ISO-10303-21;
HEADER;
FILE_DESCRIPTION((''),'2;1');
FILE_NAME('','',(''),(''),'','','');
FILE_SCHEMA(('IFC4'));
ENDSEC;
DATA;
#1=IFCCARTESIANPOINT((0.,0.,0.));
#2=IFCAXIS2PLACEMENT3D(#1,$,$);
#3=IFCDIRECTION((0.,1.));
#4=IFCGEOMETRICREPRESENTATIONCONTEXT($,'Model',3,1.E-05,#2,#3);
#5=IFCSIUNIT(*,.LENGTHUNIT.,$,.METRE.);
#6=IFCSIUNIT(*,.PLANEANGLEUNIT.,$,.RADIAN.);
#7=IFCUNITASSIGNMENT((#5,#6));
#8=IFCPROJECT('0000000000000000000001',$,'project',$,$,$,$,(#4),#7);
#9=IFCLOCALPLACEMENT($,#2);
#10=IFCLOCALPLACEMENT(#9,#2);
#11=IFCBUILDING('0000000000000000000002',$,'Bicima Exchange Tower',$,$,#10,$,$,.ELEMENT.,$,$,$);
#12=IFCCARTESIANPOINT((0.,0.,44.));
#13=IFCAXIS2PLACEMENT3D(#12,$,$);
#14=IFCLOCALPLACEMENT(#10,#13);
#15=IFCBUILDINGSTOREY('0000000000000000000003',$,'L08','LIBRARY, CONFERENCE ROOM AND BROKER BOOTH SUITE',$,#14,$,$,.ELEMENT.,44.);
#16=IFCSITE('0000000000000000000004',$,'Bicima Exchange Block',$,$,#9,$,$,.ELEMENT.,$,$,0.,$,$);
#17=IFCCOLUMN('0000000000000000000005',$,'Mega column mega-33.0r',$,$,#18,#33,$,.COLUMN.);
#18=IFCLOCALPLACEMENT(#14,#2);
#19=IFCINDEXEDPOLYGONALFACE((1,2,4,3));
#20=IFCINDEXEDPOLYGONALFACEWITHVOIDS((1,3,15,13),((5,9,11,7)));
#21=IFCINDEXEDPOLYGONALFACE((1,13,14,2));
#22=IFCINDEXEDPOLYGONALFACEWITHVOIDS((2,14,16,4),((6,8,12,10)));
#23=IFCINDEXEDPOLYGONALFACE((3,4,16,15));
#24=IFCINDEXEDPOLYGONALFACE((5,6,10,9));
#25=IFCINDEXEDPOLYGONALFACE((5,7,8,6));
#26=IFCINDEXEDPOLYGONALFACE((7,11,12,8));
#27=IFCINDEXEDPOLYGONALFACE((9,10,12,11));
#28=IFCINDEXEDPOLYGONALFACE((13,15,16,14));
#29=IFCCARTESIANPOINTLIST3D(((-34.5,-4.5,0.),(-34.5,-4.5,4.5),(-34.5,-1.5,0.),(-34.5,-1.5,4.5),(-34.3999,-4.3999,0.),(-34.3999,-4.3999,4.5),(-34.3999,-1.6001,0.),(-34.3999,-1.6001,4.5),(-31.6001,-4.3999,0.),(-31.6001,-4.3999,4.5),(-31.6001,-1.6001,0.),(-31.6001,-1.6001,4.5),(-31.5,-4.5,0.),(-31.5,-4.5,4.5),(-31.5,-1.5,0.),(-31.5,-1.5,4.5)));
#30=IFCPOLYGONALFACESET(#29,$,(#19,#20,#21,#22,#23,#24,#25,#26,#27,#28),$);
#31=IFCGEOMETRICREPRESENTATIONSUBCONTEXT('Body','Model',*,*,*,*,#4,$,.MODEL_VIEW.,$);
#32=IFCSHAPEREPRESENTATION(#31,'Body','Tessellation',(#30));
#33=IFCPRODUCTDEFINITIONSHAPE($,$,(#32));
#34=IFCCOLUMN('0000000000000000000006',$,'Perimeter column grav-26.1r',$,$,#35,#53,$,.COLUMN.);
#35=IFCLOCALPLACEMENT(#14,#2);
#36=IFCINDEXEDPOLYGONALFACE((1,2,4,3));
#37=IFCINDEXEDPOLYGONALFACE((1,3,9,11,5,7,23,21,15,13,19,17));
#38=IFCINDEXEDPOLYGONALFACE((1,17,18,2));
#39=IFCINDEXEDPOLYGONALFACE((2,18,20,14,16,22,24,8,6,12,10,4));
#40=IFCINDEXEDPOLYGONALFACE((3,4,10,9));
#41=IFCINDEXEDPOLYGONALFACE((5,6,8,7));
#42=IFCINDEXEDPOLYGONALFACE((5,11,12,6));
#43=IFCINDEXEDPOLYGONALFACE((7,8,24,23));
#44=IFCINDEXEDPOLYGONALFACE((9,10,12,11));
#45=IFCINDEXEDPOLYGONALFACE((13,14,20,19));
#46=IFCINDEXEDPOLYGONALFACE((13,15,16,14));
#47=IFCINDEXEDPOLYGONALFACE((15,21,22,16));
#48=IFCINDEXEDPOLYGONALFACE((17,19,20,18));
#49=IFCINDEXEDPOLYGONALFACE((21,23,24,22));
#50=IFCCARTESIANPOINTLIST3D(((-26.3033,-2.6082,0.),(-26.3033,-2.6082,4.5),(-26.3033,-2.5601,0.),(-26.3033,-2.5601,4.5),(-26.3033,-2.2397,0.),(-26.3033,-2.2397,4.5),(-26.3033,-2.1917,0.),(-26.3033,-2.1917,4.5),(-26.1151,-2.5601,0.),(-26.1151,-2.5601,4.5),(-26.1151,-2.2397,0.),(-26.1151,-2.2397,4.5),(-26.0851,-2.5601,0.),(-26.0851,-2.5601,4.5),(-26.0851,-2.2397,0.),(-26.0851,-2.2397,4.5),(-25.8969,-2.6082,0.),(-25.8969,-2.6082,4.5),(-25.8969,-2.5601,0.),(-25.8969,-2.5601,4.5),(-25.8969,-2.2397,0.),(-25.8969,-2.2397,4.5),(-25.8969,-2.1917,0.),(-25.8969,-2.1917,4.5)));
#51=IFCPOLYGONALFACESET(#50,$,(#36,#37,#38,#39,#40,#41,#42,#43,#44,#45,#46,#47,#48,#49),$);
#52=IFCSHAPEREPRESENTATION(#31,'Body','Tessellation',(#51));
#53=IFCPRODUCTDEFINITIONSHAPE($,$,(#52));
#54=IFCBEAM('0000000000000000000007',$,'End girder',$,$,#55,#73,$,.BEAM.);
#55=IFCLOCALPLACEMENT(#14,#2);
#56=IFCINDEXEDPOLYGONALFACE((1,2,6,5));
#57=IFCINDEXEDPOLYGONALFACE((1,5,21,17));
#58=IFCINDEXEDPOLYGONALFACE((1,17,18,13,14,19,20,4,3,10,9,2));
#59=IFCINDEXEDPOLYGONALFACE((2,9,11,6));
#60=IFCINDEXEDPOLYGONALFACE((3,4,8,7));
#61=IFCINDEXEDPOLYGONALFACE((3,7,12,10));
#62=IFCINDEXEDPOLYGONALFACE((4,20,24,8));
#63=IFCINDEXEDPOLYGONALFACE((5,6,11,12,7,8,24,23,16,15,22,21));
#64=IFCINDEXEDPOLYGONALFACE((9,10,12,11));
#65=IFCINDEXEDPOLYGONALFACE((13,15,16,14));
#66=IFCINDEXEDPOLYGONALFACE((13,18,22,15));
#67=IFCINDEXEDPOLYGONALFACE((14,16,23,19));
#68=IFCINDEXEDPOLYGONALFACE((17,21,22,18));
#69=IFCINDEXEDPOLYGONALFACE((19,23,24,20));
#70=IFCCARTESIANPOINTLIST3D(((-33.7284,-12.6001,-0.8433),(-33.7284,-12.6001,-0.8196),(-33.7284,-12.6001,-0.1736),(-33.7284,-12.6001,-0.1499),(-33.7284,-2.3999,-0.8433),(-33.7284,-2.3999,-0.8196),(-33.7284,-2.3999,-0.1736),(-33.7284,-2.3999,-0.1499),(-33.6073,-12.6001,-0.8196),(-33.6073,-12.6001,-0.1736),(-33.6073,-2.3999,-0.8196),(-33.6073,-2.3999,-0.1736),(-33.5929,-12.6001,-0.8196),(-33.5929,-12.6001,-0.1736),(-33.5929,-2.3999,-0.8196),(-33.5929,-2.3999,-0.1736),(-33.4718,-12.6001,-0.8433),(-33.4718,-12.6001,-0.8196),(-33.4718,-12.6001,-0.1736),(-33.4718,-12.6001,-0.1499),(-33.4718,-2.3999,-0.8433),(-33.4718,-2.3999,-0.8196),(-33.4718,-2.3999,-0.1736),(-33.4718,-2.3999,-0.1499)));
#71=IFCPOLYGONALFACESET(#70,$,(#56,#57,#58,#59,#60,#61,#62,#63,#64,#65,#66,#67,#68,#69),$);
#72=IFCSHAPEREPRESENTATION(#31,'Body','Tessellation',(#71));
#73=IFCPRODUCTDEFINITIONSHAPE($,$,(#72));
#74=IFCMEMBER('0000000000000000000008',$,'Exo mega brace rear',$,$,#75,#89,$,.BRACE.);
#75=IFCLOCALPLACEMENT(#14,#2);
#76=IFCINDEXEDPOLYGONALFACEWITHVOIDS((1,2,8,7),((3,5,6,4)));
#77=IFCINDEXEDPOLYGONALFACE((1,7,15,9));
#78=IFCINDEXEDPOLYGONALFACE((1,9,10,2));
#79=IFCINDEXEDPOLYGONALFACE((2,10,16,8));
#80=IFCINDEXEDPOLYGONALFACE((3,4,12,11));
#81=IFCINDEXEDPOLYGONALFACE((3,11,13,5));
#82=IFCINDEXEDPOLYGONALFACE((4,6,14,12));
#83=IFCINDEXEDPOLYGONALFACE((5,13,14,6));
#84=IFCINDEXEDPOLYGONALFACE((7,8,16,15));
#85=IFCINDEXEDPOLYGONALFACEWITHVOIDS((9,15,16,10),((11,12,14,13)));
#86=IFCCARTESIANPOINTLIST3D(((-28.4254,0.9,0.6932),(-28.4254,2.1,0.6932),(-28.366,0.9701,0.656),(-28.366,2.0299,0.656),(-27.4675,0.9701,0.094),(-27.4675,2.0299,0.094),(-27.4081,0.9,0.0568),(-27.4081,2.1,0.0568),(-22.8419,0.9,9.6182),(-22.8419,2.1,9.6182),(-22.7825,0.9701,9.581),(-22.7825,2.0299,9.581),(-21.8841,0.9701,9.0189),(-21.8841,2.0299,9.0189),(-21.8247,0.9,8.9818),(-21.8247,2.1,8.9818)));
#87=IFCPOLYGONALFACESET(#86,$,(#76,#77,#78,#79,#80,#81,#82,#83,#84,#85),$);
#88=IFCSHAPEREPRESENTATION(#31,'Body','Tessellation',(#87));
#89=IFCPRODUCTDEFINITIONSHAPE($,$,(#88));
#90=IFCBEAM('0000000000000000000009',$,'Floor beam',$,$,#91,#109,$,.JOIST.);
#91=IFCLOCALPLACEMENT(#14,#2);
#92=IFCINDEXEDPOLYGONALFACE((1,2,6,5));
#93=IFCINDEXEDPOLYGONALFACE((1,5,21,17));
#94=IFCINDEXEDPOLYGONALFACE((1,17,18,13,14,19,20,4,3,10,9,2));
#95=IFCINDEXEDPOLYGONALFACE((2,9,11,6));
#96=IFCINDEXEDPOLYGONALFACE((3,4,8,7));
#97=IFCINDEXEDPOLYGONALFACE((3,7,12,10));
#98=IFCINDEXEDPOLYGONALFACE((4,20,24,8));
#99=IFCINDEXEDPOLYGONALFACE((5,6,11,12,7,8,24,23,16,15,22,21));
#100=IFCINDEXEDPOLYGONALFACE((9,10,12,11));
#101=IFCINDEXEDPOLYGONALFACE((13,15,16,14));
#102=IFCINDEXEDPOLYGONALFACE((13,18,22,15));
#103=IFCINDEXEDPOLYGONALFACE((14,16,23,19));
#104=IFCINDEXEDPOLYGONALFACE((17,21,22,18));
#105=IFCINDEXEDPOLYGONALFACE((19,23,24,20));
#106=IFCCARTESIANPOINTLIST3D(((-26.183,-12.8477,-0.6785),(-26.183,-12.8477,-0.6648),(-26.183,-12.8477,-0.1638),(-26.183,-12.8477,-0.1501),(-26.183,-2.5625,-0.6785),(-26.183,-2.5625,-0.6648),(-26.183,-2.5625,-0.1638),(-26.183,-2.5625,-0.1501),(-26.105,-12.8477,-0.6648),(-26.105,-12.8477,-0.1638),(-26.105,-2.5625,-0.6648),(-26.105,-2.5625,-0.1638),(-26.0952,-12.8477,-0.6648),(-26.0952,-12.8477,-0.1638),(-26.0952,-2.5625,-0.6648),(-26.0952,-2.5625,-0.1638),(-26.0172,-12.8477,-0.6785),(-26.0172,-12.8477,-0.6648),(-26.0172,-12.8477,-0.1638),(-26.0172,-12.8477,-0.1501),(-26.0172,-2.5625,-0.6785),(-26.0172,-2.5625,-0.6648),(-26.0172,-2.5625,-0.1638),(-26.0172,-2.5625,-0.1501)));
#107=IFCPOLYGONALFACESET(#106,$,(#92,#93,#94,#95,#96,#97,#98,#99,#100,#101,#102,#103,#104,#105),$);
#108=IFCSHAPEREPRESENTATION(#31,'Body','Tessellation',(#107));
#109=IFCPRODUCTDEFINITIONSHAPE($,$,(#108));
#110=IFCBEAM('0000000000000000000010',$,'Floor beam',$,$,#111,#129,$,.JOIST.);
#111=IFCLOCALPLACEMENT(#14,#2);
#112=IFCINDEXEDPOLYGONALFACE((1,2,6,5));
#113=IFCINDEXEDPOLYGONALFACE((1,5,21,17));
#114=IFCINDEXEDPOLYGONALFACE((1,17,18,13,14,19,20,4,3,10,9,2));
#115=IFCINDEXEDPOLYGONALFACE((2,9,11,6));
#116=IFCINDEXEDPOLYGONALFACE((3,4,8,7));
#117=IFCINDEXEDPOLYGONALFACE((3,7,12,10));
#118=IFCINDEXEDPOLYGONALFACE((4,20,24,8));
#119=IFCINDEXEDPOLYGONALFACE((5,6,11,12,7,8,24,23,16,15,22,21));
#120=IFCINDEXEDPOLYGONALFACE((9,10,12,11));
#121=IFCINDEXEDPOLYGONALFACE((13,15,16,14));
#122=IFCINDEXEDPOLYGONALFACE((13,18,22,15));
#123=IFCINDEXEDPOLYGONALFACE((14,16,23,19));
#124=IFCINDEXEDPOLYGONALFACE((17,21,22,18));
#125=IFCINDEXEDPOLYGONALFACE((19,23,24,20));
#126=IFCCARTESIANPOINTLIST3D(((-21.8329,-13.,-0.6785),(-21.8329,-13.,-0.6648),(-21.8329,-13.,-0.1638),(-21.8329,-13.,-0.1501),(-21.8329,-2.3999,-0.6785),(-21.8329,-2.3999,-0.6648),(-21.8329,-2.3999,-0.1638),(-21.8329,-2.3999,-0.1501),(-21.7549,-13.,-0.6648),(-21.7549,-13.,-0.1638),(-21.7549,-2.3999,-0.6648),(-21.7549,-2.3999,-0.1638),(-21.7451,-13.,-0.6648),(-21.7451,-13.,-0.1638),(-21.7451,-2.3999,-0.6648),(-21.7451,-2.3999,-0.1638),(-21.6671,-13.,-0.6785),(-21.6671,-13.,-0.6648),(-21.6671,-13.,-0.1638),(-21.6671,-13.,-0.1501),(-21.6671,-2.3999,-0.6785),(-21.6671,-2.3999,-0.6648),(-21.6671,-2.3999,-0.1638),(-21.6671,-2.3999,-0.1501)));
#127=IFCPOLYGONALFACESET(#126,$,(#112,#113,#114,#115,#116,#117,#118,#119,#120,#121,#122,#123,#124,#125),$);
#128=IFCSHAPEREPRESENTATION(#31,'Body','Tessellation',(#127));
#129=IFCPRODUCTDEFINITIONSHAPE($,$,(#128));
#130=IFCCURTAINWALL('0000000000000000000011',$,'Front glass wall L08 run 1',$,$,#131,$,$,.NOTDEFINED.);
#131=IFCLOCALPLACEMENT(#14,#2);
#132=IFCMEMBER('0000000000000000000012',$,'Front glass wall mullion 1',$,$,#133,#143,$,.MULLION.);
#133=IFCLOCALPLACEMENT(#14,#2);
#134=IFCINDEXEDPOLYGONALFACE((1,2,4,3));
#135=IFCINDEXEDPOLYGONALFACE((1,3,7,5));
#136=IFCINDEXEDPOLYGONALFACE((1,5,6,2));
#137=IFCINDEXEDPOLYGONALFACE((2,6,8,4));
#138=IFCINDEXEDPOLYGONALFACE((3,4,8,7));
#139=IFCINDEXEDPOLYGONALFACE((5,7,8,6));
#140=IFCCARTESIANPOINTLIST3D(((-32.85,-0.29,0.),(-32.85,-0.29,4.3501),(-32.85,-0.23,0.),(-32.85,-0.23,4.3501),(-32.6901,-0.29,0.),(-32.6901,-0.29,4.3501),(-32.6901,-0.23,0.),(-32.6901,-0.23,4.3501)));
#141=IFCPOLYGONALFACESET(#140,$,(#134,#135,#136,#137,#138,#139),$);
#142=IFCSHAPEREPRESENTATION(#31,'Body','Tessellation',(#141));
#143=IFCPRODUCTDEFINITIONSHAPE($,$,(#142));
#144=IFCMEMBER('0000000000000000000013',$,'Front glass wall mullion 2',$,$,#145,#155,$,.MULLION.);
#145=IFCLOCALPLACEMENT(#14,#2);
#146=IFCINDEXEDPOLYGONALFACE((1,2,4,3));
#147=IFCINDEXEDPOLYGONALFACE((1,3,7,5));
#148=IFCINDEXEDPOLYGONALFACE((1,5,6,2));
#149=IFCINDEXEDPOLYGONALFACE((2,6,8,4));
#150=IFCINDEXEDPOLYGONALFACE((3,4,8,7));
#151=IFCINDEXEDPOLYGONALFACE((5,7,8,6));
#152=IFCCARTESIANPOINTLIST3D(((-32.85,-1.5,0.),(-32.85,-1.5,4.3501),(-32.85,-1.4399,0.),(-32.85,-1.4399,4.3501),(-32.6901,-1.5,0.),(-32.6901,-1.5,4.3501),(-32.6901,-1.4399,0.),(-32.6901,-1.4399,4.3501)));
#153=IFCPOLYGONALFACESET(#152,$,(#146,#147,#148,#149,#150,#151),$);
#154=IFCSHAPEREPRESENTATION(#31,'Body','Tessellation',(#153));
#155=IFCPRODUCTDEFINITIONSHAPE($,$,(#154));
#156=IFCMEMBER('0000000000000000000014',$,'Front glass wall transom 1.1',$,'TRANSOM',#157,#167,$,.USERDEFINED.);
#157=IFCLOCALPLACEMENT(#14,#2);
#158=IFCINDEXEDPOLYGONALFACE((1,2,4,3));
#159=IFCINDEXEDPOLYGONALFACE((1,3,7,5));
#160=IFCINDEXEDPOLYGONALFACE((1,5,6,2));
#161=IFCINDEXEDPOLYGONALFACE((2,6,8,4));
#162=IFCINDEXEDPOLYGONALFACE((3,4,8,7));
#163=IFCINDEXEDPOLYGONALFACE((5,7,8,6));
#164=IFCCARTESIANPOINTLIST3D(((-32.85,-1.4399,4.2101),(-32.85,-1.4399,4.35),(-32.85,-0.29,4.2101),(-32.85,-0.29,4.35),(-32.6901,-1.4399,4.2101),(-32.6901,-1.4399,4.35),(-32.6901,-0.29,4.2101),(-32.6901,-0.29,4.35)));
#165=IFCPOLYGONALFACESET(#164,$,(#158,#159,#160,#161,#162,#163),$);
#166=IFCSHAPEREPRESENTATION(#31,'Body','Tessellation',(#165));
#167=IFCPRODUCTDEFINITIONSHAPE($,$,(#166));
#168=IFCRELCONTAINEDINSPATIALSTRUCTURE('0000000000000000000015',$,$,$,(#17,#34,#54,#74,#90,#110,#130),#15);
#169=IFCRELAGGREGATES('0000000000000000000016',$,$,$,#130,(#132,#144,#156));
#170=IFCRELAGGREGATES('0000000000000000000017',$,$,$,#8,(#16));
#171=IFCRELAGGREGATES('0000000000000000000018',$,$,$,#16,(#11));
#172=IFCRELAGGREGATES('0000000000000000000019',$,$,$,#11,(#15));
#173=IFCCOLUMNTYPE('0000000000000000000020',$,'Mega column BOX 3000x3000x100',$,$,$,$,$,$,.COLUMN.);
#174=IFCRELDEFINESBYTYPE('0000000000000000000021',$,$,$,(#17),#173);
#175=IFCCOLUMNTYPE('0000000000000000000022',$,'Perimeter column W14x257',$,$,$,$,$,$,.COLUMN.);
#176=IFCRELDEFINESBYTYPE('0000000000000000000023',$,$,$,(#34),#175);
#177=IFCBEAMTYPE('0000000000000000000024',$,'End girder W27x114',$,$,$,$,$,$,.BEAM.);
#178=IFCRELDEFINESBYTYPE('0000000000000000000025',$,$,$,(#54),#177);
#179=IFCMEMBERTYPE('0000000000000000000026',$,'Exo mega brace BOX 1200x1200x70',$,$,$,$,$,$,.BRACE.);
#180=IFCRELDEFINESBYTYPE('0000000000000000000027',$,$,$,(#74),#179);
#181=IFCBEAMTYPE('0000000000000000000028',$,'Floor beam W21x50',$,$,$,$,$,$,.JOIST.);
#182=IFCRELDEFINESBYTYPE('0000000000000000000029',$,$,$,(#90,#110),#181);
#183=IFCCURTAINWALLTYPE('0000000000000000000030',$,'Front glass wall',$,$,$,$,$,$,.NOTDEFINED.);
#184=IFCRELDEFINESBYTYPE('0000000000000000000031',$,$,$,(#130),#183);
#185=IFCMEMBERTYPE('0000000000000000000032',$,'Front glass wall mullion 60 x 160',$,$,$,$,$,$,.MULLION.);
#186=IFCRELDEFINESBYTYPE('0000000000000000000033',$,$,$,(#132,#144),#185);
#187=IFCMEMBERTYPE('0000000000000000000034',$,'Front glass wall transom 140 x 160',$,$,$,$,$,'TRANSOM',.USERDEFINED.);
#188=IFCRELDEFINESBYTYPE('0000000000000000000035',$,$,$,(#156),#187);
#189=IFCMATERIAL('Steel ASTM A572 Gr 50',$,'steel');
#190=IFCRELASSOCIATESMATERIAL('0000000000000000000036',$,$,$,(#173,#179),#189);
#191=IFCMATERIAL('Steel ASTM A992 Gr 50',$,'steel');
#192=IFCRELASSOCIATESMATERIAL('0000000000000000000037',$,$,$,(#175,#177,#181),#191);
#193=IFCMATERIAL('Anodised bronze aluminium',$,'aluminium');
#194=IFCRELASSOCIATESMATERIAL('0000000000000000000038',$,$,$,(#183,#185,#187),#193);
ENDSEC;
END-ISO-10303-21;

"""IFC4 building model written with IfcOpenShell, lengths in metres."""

from ifc_helpers import new_model, si_unit, direction, frame, origin, origin_2d, place, context, subcontext, project, spatial, rectangle, hollow_rectangle, i_section, extrude, material, material_profile, profile_set, type_object, element, aggregate, save


model = new_model("IFC4")

# Units and contexts
model_context = context("Model", 3, precision=1e-05, world=origin(), true_north=direction((0.0, 1.0)))
body_context = subcontext(model_context, "Body", "Model", "MODEL_VIEW")
ifc_project = project(units=[si_unit("LENGTHUNIT", "METRE"), si_unit("PLANEANGLEUNIT", "RADIAN")], contexts=[model_context])

# Site, building, storey
site_placement = place(None, origin())
site = spatial("IfcSite", under=ifc_project, at=site_placement, Name="Bicima Exchange Block", CompositionType="ELEMENT", RefElevation=0.0)
building_placement = place(site_placement, origin())
building = spatial("IfcBuilding", under=site, at=building_placement, Name="Bicima Exchange Tower", CompositionType="ELEMENT")
storey_placement = place(building_placement, frame((0.0, 0.0, 44.0)))
storey = spatial("IfcBuildingStorey", under=building, at=storey_placement, Name="L08", Description="LIBRARY, CONFERENCE ROOM AND BROKER BOOTH SUITE", CompositionType="ELEMENT", Elevation=44.0)

# Columns
ifc_material_1 = material(Name="Steel ASTM A572 Gr 50", Category="steel")
ifc_material_profile_1 = material_profile(ifc_material_1, hollow_rectangle(XDim=3.0, YDim=3.0, WallThickness=0.1001, at=origin_2d()))
ifc_profile_set_1 = profile_set([ifc_material_profile_1], Name="Steel ASTM A572 Gr 50")
column_type_1 = type_object("IfcColumnType", Name="Mega column BOX 3000x3000x100", PredefinedType="COLUMN", material=ifc_profile_set_1)
column_1_placement = place(storey_placement, frame((-33.0, -3.0, 0.0), z_axis=(0.0, 0.0, 1.0), x_axis=(1.0, 0.0, 0.0)))
element("IfcColumn", 1, at=column_1_placement, inside=storey, type_object=column_type_1, Name="Mega column mega-33.0r", PredefinedType="COLUMN", context=body_context, shape_type="SweptSolid", body=[
    extrude(hollow_rectangle(XDim=3.0, YDim=3.0, WallThickness=0.1001, at=origin_2d()), origin(), (0.0, 0.0, 1.0), 4.5),
])
ifc_material_2 = material(Name="Steel ASTM A992 Gr 50", Category="steel")
ifc_material_profile_2 = material_profile(ifc_material_2, i_section(OverallWidth=0.4065, OverallDepth=0.4165, WebThickness=0.03, FlangeThickness=0.0481, at=origin_2d()))
ifc_profile_set_2 = profile_set([ifc_material_profile_2], Name="Steel ASTM A992 Gr 50")
column_type_2 = type_object("IfcColumnType", Name="Perimeter column W14x257", PredefinedType="COLUMN", material=ifc_profile_set_2)
column_2_placement = place(storey_placement, frame((-26.1001, -2.3999, 0.0), z_axis=(0.0, 0.0, 1.0), x_axis=(1.0, 0.0, 0.0)))
element("IfcColumn", 2, at=column_2_placement, inside=storey, type_object=column_type_2, Name="Perimeter column grav-26.1r", PredefinedType="COLUMN", context=body_context, shape_type="SweptSolid", body=[
    extrude(i_section(OverallWidth=0.4065, OverallDepth=0.4165, WebThickness=0.03, FlangeThickness=0.0481, at=origin_2d()), origin(), (0.0, 0.0, 1.0), 4.5),
])

# Beam
ifc_material_profile_3 = material_profile(ifc_material_2, i_section(OverallWidth=0.2566, OverallDepth=0.6934, WebThickness=0.0144, FlangeThickness=0.0237, at=origin_2d()))
ifc_profile_set_3 = profile_set([ifc_material_profile_3], Name="Steel ASTM A992 Gr 50")
beam_type_1 = type_object("IfcBeamType", Name="End girder W27x114", PredefinedType="BEAM", material=ifc_profile_set_3)
beam_1_placement = place(storey_placement, frame((-33.6001, -2.3999, -0.4966), z_axis=(0.0, -1.0, 0.0), x_axis=(1.0, 0.0, 0.0)))
element("IfcBeam", 3, at=beam_1_placement, inside=storey, type_object=beam_type_1, Name="End girder", PredefinedType="BEAM", context=body_context, shape_type="SweptSolid", body=[
    extrude(i_section(OverallWidth=0.2566, OverallDepth=0.6934, WebThickness=0.0144, FlangeThickness=0.0237, at=origin_2d()), origin(), (0.0, 0.0, 1.0), 10.2002),
])

# Member
ifc_material_profile_4 = material_profile(ifc_material_1, hollow_rectangle(XDim=1.2, YDim=1.2, WallThickness=0.0701, at=origin_2d()))
ifc_profile_set_4 = profile_set([ifc_material_profile_4], Name="Steel ASTM A572 Gr 50")
member_type_1 = type_object("IfcMemberType", Name="Exo mega brace BOX 1200x1200x70", PredefinedType="BRACE", material=ifc_profile_set_4)
member_1_placement = place(storey_placement, frame((-27.9167, 1.5, 0.375), z_axis=(0.530364, 0.0, 0.84777), x_axis=(0.0, 1.0, 0.0)))
element("IfcMember", 4, at=member_1_placement, inside=storey, type_object=member_type_1, Name="Exo mega brace rear", PredefinedType="BRACE", context=body_context, shape_type="SweptSolid", body=[
    extrude(hollow_rectangle(XDim=1.2, YDim=1.2, WallThickness=0.0701, at=origin_2d()), origin(), (0.0, 0.0, 1.0), 10.5276),
])

# Beams
ifc_material_profile_5 = material_profile(ifc_material_2, i_section(OverallWidth=0.1658, OverallDepth=0.5283, WebThickness=0.0098, FlangeThickness=0.0137, at=origin_2d()))
ifc_profile_set_5 = profile_set([ifc_material_profile_5], Name="Steel ASTM A992 Gr 50")
beam_type_2 = type_object("IfcBeamType", Name="Floor beam W21x50", PredefinedType="JOIST", material=ifc_profile_set_5)
beam_2_placement = place(storey_placement, frame((-26.1001, -2.5625, -0.4143), z_axis=(0.0, -1.0, 0.0), x_axis=(1.0, 0.0, 0.0)))
element("IfcBeam", 5, at=beam_2_placement, inside=storey, type_object=beam_type_2, Name="Floor beam", PredefinedType="JOIST", context=body_context, shape_type="SweptSolid", body=[
    extrude(i_section(OverallWidth=0.1658, OverallDepth=0.5283, WebThickness=0.0098, FlangeThickness=0.0137, at=origin_2d()), origin(), (0.0, 0.0, 1.0), 10.2852),
])
beam_3_placement = place(storey_placement, frame((-21.75, -2.3999, -0.4143), z_axis=(0.0, -1.0, 0.0), x_axis=(1.0, 0.0, 0.0)))
element("IfcBeam", 6, at=beam_3_placement, inside=storey, type_object=beam_type_2, Name="Floor beam", PredefinedType="JOIST", context=body_context, shape_type="SweptSolid", body=[
    extrude(i_section(OverallWidth=0.1658, OverallDepth=0.5283, WebThickness=0.0098, FlangeThickness=0.0137, at=origin_2d()), origin(), (0.0, 0.0, 1.0), 10.6001),
])

# Curtain wall, members
ifc_material_3 = material(Name="Anodised bronze aluminium", Category="aluminium")
curtain_wall_type = type_object("IfcCurtainWallType", Name="Front glass wall", PredefinedType="NOTDEFINED", material=ifc_material_3)
curtain_wall_placement = place(storey_placement, origin())
curtain_wall = element("IfcCurtainWall", 7, at=curtain_wall_placement, inside=storey, type_object=curtain_wall_type, Name="Front glass wall L08 run 1", PredefinedType="NOTDEFINED")
ifc_material_profile_6 = material_profile(ifc_material_3, rectangle(XDim=0.1599, YDim=0.0601, at=origin_2d()))
ifc_profile_set_6 = profile_set([ifc_material_profile_6], Name="Anodised bronze aluminium")
member_type_2 = type_object("IfcMemberType", Name="Front glass wall mullion 60 x 160", PredefinedType="MULLION", material=ifc_profile_set_6)
member_2_placement = place(storey_placement, frame((-32.77, -0.26, 0.0), z_axis=(0.0, 0.0, 1.0), x_axis=(1.0, 0.0, 0.0)))
member_2 = element("IfcMember", 8, at=member_2_placement, type_object=member_type_2, Name="Front glass wall mullion 1", PredefinedType="MULLION", context=body_context, shape_type="SweptSolid", body=[
    extrude(rectangle(XDim=0.1599, YDim=0.0601, at=origin_2d()), origin(), (0.0, 0.0, 1.0), 4.3501),
])
member_3_placement = place(storey_placement, frame((-32.77, -1.47, 0.0), z_axis=(0.0, 0.0, 1.0), x_axis=(1.0, 0.0, 0.0)))
member_3 = element("IfcMember", 9, at=member_3_placement, type_object=member_type_2, Name="Front glass wall mullion 2", PredefinedType="MULLION", context=body_context, shape_type="SweptSolid", body=[
    extrude(rectangle(XDim=0.1599, YDim=0.0601, at=origin_2d()), origin(), (0.0, 0.0, 1.0), 4.3501),
])
ifc_material_profile_7 = material_profile(ifc_material_3, rectangle(XDim=0.1599, YDim=0.1399, at=origin_2d()))
ifc_profile_set_7 = profile_set([ifc_material_profile_7], Name="Anodised bronze aluminium")
member_type_3 = type_object("IfcMemberType", Name="Front glass wall transom 140 x 160", ElementType="TRANSOM", PredefinedType="USERDEFINED", material=ifc_profile_set_7)
member_4_placement = place(storey_placement, frame((-32.77, -0.29, 4.28), z_axis=(0.0, -1.0, 0.0), x_axis=(1.0, 0.0, 0.0)))
member_4 = element("IfcMember", 10, at=member_4_placement, type_object=member_type_3, Name="Front glass wall transom 1.1", ObjectType="TRANSOM", PredefinedType="USERDEFINED", context=body_context, shape_type="SweptSolid", body=[
    extrude(rectangle(XDim=0.1599, YDim=0.1399, at=origin_2d()), origin(), (0.0, 0.0, 1.0), 1.1499),
])

aggregate(curtain_wall, [member_2, member_3, member_4])

save(model, "model.ifc")
